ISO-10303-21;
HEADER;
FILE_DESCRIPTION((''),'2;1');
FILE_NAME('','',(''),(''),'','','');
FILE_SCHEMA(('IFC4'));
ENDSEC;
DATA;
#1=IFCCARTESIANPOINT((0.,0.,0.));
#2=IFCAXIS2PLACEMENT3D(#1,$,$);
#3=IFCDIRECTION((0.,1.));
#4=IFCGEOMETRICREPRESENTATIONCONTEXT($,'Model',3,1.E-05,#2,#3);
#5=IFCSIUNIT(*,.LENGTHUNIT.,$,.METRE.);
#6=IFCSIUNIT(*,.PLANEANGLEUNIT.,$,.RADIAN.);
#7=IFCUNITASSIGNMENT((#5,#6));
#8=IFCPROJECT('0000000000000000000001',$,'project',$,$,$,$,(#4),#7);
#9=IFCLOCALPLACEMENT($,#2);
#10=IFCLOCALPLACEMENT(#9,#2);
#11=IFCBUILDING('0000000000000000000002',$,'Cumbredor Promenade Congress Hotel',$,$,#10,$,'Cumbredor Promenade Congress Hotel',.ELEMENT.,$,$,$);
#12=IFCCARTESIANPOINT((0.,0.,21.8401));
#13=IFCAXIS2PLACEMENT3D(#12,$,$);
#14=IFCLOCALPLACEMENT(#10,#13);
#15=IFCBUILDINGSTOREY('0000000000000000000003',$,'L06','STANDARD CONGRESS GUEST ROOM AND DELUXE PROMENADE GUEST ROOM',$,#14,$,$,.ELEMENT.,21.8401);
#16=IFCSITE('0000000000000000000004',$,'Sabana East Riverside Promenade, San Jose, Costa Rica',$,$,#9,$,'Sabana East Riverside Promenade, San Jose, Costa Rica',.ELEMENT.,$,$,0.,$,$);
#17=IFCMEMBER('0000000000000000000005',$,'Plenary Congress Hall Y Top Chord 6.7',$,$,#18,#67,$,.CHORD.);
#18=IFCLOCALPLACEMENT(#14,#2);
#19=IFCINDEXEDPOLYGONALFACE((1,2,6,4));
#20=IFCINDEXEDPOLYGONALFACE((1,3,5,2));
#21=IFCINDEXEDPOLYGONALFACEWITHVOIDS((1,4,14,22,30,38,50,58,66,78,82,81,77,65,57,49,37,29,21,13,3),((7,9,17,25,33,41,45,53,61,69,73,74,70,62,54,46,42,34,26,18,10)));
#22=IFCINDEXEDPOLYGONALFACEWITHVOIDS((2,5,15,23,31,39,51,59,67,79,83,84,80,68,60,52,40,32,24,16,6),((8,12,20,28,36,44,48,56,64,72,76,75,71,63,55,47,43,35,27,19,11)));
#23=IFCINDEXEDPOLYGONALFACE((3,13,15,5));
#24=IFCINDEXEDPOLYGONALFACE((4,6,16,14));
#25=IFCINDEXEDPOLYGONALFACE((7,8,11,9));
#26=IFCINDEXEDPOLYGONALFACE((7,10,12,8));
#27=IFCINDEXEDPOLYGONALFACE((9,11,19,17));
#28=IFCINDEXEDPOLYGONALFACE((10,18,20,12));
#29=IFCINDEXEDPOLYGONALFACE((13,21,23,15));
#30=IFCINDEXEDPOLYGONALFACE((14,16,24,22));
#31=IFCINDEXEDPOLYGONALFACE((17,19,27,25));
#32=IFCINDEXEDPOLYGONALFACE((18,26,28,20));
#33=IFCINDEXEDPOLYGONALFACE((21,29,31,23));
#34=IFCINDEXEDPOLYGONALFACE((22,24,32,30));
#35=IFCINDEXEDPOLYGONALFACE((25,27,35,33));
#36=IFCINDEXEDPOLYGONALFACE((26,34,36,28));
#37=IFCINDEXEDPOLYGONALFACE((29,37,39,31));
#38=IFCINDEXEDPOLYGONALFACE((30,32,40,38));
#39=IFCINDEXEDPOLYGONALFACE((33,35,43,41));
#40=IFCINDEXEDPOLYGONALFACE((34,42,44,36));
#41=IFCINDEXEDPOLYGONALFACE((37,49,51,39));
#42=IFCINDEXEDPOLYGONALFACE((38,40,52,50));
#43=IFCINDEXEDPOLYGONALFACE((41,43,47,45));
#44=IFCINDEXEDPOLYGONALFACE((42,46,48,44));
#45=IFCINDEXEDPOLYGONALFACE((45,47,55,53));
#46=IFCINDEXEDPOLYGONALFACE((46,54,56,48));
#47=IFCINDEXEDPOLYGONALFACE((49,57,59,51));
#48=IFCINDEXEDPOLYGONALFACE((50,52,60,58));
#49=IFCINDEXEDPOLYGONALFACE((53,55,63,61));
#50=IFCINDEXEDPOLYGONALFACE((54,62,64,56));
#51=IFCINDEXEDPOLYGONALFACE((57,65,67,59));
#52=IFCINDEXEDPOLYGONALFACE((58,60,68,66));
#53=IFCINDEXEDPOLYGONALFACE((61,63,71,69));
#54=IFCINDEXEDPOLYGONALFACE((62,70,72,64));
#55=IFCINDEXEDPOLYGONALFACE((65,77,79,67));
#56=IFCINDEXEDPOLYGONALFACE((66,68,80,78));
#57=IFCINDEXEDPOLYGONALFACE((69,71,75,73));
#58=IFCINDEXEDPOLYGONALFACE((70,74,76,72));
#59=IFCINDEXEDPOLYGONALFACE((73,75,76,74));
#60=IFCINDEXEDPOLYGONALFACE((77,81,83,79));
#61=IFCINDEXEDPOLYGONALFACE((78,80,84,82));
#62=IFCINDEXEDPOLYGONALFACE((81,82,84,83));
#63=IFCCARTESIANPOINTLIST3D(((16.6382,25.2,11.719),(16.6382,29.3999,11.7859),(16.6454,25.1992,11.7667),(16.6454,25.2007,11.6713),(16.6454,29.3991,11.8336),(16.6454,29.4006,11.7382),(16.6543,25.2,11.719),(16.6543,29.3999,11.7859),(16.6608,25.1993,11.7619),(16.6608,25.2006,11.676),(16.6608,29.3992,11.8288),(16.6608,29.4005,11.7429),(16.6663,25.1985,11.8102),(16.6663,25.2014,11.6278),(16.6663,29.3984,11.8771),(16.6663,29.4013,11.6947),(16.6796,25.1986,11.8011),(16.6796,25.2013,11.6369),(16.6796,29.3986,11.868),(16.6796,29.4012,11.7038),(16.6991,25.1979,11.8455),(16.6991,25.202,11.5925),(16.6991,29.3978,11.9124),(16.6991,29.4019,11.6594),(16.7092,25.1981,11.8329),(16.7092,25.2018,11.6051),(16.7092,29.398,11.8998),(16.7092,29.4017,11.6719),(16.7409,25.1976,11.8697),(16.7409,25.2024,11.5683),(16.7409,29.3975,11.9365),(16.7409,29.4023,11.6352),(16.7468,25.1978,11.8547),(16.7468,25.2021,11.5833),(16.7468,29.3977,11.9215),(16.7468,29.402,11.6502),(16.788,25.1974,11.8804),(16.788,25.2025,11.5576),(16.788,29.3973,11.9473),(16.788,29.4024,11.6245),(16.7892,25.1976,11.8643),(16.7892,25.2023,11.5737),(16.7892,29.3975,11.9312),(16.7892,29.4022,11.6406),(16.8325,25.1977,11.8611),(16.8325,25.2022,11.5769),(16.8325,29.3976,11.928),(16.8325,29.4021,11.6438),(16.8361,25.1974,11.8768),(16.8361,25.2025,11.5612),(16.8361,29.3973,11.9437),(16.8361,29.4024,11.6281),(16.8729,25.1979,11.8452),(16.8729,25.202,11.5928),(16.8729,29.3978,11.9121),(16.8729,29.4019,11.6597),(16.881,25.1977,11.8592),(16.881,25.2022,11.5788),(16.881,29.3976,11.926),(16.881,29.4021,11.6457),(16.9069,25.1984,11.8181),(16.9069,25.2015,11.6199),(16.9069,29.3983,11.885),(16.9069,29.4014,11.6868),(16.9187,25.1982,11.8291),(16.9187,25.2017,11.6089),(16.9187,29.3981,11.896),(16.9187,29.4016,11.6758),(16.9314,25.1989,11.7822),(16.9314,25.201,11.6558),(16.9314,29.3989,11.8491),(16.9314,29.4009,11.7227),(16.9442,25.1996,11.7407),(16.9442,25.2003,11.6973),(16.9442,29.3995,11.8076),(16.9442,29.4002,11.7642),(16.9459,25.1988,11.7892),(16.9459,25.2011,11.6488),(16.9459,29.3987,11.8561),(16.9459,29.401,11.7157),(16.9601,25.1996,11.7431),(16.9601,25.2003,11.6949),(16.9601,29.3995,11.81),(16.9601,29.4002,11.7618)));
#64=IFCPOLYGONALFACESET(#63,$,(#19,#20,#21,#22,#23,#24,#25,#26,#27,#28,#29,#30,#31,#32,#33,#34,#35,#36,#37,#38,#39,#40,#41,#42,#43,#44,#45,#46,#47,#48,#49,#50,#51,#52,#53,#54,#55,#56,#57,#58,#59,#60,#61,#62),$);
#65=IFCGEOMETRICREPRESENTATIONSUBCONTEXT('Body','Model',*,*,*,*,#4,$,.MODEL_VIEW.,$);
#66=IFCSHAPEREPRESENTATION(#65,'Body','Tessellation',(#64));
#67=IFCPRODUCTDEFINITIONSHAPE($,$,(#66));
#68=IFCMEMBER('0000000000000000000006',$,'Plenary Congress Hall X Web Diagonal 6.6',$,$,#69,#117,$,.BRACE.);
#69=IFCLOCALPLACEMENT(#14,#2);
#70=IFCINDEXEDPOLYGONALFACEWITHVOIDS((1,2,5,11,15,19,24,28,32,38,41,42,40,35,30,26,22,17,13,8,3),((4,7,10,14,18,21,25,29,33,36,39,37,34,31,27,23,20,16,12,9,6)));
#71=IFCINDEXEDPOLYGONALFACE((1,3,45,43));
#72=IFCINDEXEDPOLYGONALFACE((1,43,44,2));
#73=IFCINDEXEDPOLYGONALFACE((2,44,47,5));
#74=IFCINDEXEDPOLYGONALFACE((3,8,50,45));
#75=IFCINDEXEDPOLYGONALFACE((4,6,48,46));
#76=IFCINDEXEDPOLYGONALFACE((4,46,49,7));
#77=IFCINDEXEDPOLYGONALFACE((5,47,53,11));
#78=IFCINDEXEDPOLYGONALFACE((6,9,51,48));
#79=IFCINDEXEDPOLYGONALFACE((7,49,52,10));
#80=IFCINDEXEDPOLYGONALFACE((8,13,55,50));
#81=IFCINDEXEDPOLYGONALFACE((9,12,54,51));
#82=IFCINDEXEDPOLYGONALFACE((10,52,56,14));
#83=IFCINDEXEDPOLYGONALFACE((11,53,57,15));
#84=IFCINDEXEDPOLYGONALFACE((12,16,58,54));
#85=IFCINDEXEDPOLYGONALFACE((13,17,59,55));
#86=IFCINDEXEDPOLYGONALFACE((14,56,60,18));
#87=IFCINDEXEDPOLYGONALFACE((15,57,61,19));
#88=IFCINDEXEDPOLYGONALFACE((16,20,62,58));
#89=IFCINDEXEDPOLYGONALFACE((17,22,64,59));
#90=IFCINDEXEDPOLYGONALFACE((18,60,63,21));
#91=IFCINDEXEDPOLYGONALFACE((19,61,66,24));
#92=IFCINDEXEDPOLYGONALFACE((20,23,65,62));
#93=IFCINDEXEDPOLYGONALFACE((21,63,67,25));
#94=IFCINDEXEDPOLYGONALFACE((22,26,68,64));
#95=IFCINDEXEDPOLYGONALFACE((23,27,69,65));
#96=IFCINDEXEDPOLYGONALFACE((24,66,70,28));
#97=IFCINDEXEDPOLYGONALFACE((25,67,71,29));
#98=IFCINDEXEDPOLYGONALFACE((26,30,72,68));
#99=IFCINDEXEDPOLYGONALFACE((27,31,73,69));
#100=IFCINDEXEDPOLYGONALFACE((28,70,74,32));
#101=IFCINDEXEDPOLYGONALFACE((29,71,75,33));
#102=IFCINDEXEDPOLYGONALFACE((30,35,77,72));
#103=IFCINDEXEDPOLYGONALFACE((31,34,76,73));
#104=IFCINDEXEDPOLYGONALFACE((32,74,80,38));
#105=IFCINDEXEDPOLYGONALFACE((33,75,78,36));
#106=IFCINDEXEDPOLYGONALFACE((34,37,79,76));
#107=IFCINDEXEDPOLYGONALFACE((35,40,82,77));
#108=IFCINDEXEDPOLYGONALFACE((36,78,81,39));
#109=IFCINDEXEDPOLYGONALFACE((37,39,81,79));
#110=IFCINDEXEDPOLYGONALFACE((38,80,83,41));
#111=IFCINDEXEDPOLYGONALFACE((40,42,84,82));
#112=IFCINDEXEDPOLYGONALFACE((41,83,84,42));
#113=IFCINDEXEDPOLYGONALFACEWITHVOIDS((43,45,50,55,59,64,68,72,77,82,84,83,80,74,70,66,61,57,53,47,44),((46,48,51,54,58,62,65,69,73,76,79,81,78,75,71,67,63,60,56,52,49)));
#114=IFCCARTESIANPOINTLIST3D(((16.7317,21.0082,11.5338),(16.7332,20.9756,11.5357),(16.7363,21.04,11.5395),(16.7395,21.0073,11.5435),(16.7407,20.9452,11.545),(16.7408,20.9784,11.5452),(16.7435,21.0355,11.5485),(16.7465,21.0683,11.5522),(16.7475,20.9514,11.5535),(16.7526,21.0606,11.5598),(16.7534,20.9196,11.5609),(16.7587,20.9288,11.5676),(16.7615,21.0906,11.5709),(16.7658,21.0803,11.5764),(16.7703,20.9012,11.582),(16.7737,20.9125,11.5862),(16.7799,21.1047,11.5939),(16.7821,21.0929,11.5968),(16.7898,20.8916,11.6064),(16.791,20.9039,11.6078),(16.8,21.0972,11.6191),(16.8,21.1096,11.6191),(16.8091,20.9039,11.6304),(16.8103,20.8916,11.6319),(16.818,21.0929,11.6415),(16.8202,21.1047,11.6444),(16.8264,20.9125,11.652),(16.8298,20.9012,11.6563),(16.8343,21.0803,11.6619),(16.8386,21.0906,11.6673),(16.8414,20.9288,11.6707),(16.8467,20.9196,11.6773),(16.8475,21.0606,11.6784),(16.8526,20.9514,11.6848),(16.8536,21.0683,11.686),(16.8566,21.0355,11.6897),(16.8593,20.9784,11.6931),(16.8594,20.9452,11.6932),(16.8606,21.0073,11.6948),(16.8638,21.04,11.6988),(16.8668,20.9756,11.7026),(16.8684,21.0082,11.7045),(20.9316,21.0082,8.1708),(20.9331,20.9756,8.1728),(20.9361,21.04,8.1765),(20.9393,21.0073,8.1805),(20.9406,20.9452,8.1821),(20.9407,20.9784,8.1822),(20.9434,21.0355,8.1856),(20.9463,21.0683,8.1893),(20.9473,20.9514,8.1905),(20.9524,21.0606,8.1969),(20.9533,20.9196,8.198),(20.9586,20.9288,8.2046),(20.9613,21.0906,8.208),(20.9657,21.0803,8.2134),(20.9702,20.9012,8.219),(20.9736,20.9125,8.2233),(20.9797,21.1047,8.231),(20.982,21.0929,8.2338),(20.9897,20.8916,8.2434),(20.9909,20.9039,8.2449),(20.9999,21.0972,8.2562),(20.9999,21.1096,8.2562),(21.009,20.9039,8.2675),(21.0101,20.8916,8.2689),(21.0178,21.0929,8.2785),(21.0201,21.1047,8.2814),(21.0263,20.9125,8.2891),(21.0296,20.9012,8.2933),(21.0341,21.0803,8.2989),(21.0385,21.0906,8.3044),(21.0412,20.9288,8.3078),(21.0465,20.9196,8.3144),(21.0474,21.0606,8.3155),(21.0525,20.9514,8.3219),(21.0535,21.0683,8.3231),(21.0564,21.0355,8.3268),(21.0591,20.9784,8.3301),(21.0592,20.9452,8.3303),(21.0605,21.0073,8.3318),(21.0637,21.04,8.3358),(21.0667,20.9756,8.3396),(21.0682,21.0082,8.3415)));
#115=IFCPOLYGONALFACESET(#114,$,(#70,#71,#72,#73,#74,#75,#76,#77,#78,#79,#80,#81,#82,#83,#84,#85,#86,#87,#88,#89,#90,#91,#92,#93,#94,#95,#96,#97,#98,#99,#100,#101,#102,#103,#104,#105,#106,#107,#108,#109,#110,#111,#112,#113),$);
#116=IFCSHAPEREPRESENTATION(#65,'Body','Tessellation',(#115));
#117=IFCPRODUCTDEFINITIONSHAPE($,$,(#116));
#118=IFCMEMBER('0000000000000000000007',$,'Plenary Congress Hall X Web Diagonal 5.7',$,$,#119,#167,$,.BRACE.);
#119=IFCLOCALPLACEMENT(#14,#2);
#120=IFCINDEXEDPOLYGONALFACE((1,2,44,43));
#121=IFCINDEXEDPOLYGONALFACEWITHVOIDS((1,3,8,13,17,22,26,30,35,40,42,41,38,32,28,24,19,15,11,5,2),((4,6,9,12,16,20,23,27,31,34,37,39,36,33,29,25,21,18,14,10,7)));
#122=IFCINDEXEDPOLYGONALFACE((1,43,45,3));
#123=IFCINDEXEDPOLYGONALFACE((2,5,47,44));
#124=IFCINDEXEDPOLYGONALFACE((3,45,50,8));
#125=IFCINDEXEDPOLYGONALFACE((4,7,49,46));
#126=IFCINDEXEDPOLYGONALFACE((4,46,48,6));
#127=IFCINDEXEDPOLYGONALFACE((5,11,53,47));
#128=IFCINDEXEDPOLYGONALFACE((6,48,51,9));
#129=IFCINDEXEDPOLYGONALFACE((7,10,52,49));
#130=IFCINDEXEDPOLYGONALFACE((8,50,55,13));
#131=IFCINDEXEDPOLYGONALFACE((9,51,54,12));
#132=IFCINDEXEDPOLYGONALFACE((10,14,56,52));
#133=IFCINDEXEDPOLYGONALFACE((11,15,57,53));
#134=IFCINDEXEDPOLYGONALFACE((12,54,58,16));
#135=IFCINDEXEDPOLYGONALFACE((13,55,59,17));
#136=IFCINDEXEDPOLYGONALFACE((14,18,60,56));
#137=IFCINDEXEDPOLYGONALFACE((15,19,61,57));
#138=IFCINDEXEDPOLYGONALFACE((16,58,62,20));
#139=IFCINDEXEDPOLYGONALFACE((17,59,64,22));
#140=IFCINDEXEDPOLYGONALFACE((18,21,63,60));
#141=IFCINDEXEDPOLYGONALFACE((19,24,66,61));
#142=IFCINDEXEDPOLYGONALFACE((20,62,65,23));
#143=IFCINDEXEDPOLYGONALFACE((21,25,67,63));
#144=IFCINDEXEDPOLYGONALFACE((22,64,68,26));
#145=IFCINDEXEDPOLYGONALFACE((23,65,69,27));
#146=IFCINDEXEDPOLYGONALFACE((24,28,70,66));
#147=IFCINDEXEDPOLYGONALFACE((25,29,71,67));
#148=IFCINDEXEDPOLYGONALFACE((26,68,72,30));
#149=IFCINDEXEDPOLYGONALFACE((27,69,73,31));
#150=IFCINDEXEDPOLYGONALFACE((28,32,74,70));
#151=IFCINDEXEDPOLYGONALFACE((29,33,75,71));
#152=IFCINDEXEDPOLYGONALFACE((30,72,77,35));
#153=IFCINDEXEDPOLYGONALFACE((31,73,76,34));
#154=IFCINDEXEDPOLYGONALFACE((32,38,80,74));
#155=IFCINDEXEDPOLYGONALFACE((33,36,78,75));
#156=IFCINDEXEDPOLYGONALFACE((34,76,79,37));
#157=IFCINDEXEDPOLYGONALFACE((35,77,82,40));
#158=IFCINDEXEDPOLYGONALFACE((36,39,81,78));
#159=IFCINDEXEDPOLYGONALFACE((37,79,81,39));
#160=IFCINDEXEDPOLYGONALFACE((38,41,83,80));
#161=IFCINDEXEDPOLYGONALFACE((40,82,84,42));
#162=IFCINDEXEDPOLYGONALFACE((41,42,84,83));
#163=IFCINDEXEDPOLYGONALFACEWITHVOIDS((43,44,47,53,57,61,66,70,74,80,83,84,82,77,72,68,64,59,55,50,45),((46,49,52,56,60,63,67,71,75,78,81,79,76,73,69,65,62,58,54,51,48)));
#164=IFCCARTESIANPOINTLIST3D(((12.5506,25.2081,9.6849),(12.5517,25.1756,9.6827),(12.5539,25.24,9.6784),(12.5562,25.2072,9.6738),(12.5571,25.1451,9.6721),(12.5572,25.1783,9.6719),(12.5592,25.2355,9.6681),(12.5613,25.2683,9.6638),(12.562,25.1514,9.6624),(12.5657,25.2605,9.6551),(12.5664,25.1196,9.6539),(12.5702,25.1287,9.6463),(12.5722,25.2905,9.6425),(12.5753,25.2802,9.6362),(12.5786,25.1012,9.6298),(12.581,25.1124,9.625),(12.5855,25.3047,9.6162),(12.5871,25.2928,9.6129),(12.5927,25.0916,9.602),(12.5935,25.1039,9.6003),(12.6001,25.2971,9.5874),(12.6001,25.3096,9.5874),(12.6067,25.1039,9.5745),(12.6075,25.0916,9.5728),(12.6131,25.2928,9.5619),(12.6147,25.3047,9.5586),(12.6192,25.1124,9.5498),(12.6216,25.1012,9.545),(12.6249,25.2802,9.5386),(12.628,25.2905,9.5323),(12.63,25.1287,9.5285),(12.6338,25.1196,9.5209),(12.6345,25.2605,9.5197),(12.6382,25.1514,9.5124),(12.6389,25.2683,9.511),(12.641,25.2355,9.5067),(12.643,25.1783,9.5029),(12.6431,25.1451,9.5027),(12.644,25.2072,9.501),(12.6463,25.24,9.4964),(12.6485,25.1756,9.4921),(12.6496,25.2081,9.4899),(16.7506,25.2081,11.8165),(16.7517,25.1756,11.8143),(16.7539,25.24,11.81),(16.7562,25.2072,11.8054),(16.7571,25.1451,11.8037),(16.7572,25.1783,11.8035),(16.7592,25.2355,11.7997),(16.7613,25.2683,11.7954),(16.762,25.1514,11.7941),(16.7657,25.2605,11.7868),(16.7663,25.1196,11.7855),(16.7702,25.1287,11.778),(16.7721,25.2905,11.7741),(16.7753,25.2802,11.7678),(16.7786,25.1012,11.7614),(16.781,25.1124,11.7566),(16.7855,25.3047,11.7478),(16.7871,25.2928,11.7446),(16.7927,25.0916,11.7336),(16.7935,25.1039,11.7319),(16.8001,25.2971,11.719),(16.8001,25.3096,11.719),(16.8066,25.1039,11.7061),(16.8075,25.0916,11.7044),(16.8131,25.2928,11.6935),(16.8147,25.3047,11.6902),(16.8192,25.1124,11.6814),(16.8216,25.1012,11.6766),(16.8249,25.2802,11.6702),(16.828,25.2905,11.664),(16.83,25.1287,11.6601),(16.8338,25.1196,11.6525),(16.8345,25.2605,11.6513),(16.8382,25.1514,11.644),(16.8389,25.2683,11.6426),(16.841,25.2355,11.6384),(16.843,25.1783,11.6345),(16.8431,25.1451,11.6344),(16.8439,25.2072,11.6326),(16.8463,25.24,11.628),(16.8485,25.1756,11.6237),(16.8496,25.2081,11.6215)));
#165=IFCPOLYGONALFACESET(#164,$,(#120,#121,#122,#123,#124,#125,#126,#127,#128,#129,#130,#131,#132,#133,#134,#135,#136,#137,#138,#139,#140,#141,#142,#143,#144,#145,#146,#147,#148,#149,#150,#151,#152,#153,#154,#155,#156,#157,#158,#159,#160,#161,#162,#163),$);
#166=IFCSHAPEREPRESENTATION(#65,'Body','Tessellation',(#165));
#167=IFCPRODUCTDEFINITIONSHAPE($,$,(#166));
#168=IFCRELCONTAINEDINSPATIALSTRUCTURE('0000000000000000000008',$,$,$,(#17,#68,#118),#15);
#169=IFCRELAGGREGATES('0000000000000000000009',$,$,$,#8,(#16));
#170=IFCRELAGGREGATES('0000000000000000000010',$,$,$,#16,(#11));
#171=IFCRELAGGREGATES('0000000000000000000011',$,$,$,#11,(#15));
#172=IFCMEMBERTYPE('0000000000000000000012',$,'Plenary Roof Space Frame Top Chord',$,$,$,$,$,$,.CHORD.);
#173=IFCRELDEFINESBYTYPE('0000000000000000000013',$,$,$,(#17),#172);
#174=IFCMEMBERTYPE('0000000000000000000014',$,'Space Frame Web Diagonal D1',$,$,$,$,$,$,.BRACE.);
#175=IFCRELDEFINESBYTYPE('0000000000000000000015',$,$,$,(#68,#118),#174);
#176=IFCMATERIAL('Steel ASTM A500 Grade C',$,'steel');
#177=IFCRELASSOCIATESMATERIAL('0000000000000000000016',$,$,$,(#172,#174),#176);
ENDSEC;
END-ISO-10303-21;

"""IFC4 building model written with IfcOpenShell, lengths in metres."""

from ifc_helpers import new_model, si_unit, direction, frame, origin, origin_2d, place, context, subcontext, project, spatial, hollow_circle, extrude, material, material_profile, profile_set, type_object, element, save


model = new_model("IFC4")

# Units and contexts
model_context = context("Model", 3, precision=1e-05, world=origin(), true_north=direction((0.0, 1.0)))
body_context = subcontext(model_context, "Body", "Model", "MODEL_VIEW")
ifc_project = project(units=[si_unit("LENGTHUNIT", "METRE"), si_unit("PLANEANGLEUNIT", "RADIAN")], contexts=[model_context])

# Site, building, storey
site_placement = place(None, origin())
site = spatial("IfcSite", under=ifc_project, at=site_placement, Name="Sabana East Riverside Promenade, San Jose, Costa Rica", LongName="Sabana East Riverside Promenade, San Jose, Costa Rica", CompositionType="ELEMENT", RefElevation=0.0)
building_placement = place(site_placement, origin())
building = spatial("IfcBuilding", under=site, at=building_placement, Name="Cumbredor Promenade Congress Hotel", LongName="Cumbredor Promenade Congress Hotel", CompositionType="ELEMENT")
storey_placement = place(building_placement, frame((0.0, 0.0, 21.8401)))
storey = spatial("IfcBuildingStorey", under=building, at=storey_placement, Name="L06", Description="STANDARD CONGRESS GUEST ROOM AND DELUXE PROMENADE GUEST ROOM", CompositionType="ELEMENT", Elevation=21.8401)

# Members
ifc_material_1 = material(Name="Steel ASTM A500 Grade C", Category="steel")
ifc_material_profile_1 = material_profile(ifc_material_1, hollow_circle(Radius=0.1619, WallThickness=0.0161, at=origin_2d()), Name="CHS 323.9x16")
ifc_profile_set_1 = profile_set([ifc_material_profile_1], Name="Steel ASTM A500 Grade C")
member_type_1 = type_object("IfcMemberType", Name="Plenary Roof Space Frame Top Chord", PredefinedType="CHORD", material=ifc_profile_set_1)
member_1_placement = place(storey_placement, frame((16.8, 25.2, 11.719), z_axis=(0.0, 0.999873, 0.015925), x_axis=(-1.0, 0.0, 0.0)))
element("IfcMember", 1, at=member_1_placement, inside=storey, type_object=member_type_1, Name="Plenary Congress Hall Y Top Chord 6.7", PredefinedType="CHORD", context=body_context, shape_type="SweptSolid", body=[
    extrude(hollow_circle(Radius=0.1619, WallThickness=0.0161, at=origin_2d()), origin(), (0.0, 0.0, 1.0), 4.2004),
])
ifc_material_profile_2 = material_profile(ifc_material_1, hollow_circle(Radius=0.1096, WallThickness=0.0125, at=origin_2d()), Name="CHS 219.1x12.5")
ifc_profile_set_2 = profile_set([ifc_material_profile_2], Name="Steel ASTM A500 Grade C")
member_type_2 = type_object("IfcMemberType", Name="Space Frame Web Diagonal D1", PredefinedType="BRACE", material=ifc_profile_set_2)
member_2_placement = place(storey_placement, frame((16.8, 21.0, 11.6191), z_axis=(0.78059, 0.0, -0.625044), x_axis=(0.0, 1.0, 0.0)))
element("IfcMember", 2, at=member_2_placement, inside=storey, type_object=member_type_2, Name="Plenary Congress Hall X Web Diagonal 6.6", PredefinedType="BRACE", context=body_context, shape_type="SweptSolid", body=[
    extrude(hollow_circle(Radius=0.1096, WallThickness=0.0125, at=origin_2d()), origin(), (0.0, 0.0, 1.0), 5.3804),
])
member_3_placement = place(storey_placement, frame((12.6001, 25.2, 9.5874), z_axis=(0.891726, 0.0, 0.452576), x_axis=(0.0, 1.0, 0.0)))
element("IfcMember", 3, at=member_3_placement, inside=storey, type_object=member_type_2, Name="Plenary Congress Hall X Web Diagonal 5.7", PredefinedType="BRACE", context=body_context, shape_type="SweptSolid", body=[
    extrude(hollow_circle(Radius=0.1096, WallThickness=0.0125, at=origin_2d()), origin(), (0.0, 0.0, 1.0), 4.71),
])

save(model, "model.ifc")
